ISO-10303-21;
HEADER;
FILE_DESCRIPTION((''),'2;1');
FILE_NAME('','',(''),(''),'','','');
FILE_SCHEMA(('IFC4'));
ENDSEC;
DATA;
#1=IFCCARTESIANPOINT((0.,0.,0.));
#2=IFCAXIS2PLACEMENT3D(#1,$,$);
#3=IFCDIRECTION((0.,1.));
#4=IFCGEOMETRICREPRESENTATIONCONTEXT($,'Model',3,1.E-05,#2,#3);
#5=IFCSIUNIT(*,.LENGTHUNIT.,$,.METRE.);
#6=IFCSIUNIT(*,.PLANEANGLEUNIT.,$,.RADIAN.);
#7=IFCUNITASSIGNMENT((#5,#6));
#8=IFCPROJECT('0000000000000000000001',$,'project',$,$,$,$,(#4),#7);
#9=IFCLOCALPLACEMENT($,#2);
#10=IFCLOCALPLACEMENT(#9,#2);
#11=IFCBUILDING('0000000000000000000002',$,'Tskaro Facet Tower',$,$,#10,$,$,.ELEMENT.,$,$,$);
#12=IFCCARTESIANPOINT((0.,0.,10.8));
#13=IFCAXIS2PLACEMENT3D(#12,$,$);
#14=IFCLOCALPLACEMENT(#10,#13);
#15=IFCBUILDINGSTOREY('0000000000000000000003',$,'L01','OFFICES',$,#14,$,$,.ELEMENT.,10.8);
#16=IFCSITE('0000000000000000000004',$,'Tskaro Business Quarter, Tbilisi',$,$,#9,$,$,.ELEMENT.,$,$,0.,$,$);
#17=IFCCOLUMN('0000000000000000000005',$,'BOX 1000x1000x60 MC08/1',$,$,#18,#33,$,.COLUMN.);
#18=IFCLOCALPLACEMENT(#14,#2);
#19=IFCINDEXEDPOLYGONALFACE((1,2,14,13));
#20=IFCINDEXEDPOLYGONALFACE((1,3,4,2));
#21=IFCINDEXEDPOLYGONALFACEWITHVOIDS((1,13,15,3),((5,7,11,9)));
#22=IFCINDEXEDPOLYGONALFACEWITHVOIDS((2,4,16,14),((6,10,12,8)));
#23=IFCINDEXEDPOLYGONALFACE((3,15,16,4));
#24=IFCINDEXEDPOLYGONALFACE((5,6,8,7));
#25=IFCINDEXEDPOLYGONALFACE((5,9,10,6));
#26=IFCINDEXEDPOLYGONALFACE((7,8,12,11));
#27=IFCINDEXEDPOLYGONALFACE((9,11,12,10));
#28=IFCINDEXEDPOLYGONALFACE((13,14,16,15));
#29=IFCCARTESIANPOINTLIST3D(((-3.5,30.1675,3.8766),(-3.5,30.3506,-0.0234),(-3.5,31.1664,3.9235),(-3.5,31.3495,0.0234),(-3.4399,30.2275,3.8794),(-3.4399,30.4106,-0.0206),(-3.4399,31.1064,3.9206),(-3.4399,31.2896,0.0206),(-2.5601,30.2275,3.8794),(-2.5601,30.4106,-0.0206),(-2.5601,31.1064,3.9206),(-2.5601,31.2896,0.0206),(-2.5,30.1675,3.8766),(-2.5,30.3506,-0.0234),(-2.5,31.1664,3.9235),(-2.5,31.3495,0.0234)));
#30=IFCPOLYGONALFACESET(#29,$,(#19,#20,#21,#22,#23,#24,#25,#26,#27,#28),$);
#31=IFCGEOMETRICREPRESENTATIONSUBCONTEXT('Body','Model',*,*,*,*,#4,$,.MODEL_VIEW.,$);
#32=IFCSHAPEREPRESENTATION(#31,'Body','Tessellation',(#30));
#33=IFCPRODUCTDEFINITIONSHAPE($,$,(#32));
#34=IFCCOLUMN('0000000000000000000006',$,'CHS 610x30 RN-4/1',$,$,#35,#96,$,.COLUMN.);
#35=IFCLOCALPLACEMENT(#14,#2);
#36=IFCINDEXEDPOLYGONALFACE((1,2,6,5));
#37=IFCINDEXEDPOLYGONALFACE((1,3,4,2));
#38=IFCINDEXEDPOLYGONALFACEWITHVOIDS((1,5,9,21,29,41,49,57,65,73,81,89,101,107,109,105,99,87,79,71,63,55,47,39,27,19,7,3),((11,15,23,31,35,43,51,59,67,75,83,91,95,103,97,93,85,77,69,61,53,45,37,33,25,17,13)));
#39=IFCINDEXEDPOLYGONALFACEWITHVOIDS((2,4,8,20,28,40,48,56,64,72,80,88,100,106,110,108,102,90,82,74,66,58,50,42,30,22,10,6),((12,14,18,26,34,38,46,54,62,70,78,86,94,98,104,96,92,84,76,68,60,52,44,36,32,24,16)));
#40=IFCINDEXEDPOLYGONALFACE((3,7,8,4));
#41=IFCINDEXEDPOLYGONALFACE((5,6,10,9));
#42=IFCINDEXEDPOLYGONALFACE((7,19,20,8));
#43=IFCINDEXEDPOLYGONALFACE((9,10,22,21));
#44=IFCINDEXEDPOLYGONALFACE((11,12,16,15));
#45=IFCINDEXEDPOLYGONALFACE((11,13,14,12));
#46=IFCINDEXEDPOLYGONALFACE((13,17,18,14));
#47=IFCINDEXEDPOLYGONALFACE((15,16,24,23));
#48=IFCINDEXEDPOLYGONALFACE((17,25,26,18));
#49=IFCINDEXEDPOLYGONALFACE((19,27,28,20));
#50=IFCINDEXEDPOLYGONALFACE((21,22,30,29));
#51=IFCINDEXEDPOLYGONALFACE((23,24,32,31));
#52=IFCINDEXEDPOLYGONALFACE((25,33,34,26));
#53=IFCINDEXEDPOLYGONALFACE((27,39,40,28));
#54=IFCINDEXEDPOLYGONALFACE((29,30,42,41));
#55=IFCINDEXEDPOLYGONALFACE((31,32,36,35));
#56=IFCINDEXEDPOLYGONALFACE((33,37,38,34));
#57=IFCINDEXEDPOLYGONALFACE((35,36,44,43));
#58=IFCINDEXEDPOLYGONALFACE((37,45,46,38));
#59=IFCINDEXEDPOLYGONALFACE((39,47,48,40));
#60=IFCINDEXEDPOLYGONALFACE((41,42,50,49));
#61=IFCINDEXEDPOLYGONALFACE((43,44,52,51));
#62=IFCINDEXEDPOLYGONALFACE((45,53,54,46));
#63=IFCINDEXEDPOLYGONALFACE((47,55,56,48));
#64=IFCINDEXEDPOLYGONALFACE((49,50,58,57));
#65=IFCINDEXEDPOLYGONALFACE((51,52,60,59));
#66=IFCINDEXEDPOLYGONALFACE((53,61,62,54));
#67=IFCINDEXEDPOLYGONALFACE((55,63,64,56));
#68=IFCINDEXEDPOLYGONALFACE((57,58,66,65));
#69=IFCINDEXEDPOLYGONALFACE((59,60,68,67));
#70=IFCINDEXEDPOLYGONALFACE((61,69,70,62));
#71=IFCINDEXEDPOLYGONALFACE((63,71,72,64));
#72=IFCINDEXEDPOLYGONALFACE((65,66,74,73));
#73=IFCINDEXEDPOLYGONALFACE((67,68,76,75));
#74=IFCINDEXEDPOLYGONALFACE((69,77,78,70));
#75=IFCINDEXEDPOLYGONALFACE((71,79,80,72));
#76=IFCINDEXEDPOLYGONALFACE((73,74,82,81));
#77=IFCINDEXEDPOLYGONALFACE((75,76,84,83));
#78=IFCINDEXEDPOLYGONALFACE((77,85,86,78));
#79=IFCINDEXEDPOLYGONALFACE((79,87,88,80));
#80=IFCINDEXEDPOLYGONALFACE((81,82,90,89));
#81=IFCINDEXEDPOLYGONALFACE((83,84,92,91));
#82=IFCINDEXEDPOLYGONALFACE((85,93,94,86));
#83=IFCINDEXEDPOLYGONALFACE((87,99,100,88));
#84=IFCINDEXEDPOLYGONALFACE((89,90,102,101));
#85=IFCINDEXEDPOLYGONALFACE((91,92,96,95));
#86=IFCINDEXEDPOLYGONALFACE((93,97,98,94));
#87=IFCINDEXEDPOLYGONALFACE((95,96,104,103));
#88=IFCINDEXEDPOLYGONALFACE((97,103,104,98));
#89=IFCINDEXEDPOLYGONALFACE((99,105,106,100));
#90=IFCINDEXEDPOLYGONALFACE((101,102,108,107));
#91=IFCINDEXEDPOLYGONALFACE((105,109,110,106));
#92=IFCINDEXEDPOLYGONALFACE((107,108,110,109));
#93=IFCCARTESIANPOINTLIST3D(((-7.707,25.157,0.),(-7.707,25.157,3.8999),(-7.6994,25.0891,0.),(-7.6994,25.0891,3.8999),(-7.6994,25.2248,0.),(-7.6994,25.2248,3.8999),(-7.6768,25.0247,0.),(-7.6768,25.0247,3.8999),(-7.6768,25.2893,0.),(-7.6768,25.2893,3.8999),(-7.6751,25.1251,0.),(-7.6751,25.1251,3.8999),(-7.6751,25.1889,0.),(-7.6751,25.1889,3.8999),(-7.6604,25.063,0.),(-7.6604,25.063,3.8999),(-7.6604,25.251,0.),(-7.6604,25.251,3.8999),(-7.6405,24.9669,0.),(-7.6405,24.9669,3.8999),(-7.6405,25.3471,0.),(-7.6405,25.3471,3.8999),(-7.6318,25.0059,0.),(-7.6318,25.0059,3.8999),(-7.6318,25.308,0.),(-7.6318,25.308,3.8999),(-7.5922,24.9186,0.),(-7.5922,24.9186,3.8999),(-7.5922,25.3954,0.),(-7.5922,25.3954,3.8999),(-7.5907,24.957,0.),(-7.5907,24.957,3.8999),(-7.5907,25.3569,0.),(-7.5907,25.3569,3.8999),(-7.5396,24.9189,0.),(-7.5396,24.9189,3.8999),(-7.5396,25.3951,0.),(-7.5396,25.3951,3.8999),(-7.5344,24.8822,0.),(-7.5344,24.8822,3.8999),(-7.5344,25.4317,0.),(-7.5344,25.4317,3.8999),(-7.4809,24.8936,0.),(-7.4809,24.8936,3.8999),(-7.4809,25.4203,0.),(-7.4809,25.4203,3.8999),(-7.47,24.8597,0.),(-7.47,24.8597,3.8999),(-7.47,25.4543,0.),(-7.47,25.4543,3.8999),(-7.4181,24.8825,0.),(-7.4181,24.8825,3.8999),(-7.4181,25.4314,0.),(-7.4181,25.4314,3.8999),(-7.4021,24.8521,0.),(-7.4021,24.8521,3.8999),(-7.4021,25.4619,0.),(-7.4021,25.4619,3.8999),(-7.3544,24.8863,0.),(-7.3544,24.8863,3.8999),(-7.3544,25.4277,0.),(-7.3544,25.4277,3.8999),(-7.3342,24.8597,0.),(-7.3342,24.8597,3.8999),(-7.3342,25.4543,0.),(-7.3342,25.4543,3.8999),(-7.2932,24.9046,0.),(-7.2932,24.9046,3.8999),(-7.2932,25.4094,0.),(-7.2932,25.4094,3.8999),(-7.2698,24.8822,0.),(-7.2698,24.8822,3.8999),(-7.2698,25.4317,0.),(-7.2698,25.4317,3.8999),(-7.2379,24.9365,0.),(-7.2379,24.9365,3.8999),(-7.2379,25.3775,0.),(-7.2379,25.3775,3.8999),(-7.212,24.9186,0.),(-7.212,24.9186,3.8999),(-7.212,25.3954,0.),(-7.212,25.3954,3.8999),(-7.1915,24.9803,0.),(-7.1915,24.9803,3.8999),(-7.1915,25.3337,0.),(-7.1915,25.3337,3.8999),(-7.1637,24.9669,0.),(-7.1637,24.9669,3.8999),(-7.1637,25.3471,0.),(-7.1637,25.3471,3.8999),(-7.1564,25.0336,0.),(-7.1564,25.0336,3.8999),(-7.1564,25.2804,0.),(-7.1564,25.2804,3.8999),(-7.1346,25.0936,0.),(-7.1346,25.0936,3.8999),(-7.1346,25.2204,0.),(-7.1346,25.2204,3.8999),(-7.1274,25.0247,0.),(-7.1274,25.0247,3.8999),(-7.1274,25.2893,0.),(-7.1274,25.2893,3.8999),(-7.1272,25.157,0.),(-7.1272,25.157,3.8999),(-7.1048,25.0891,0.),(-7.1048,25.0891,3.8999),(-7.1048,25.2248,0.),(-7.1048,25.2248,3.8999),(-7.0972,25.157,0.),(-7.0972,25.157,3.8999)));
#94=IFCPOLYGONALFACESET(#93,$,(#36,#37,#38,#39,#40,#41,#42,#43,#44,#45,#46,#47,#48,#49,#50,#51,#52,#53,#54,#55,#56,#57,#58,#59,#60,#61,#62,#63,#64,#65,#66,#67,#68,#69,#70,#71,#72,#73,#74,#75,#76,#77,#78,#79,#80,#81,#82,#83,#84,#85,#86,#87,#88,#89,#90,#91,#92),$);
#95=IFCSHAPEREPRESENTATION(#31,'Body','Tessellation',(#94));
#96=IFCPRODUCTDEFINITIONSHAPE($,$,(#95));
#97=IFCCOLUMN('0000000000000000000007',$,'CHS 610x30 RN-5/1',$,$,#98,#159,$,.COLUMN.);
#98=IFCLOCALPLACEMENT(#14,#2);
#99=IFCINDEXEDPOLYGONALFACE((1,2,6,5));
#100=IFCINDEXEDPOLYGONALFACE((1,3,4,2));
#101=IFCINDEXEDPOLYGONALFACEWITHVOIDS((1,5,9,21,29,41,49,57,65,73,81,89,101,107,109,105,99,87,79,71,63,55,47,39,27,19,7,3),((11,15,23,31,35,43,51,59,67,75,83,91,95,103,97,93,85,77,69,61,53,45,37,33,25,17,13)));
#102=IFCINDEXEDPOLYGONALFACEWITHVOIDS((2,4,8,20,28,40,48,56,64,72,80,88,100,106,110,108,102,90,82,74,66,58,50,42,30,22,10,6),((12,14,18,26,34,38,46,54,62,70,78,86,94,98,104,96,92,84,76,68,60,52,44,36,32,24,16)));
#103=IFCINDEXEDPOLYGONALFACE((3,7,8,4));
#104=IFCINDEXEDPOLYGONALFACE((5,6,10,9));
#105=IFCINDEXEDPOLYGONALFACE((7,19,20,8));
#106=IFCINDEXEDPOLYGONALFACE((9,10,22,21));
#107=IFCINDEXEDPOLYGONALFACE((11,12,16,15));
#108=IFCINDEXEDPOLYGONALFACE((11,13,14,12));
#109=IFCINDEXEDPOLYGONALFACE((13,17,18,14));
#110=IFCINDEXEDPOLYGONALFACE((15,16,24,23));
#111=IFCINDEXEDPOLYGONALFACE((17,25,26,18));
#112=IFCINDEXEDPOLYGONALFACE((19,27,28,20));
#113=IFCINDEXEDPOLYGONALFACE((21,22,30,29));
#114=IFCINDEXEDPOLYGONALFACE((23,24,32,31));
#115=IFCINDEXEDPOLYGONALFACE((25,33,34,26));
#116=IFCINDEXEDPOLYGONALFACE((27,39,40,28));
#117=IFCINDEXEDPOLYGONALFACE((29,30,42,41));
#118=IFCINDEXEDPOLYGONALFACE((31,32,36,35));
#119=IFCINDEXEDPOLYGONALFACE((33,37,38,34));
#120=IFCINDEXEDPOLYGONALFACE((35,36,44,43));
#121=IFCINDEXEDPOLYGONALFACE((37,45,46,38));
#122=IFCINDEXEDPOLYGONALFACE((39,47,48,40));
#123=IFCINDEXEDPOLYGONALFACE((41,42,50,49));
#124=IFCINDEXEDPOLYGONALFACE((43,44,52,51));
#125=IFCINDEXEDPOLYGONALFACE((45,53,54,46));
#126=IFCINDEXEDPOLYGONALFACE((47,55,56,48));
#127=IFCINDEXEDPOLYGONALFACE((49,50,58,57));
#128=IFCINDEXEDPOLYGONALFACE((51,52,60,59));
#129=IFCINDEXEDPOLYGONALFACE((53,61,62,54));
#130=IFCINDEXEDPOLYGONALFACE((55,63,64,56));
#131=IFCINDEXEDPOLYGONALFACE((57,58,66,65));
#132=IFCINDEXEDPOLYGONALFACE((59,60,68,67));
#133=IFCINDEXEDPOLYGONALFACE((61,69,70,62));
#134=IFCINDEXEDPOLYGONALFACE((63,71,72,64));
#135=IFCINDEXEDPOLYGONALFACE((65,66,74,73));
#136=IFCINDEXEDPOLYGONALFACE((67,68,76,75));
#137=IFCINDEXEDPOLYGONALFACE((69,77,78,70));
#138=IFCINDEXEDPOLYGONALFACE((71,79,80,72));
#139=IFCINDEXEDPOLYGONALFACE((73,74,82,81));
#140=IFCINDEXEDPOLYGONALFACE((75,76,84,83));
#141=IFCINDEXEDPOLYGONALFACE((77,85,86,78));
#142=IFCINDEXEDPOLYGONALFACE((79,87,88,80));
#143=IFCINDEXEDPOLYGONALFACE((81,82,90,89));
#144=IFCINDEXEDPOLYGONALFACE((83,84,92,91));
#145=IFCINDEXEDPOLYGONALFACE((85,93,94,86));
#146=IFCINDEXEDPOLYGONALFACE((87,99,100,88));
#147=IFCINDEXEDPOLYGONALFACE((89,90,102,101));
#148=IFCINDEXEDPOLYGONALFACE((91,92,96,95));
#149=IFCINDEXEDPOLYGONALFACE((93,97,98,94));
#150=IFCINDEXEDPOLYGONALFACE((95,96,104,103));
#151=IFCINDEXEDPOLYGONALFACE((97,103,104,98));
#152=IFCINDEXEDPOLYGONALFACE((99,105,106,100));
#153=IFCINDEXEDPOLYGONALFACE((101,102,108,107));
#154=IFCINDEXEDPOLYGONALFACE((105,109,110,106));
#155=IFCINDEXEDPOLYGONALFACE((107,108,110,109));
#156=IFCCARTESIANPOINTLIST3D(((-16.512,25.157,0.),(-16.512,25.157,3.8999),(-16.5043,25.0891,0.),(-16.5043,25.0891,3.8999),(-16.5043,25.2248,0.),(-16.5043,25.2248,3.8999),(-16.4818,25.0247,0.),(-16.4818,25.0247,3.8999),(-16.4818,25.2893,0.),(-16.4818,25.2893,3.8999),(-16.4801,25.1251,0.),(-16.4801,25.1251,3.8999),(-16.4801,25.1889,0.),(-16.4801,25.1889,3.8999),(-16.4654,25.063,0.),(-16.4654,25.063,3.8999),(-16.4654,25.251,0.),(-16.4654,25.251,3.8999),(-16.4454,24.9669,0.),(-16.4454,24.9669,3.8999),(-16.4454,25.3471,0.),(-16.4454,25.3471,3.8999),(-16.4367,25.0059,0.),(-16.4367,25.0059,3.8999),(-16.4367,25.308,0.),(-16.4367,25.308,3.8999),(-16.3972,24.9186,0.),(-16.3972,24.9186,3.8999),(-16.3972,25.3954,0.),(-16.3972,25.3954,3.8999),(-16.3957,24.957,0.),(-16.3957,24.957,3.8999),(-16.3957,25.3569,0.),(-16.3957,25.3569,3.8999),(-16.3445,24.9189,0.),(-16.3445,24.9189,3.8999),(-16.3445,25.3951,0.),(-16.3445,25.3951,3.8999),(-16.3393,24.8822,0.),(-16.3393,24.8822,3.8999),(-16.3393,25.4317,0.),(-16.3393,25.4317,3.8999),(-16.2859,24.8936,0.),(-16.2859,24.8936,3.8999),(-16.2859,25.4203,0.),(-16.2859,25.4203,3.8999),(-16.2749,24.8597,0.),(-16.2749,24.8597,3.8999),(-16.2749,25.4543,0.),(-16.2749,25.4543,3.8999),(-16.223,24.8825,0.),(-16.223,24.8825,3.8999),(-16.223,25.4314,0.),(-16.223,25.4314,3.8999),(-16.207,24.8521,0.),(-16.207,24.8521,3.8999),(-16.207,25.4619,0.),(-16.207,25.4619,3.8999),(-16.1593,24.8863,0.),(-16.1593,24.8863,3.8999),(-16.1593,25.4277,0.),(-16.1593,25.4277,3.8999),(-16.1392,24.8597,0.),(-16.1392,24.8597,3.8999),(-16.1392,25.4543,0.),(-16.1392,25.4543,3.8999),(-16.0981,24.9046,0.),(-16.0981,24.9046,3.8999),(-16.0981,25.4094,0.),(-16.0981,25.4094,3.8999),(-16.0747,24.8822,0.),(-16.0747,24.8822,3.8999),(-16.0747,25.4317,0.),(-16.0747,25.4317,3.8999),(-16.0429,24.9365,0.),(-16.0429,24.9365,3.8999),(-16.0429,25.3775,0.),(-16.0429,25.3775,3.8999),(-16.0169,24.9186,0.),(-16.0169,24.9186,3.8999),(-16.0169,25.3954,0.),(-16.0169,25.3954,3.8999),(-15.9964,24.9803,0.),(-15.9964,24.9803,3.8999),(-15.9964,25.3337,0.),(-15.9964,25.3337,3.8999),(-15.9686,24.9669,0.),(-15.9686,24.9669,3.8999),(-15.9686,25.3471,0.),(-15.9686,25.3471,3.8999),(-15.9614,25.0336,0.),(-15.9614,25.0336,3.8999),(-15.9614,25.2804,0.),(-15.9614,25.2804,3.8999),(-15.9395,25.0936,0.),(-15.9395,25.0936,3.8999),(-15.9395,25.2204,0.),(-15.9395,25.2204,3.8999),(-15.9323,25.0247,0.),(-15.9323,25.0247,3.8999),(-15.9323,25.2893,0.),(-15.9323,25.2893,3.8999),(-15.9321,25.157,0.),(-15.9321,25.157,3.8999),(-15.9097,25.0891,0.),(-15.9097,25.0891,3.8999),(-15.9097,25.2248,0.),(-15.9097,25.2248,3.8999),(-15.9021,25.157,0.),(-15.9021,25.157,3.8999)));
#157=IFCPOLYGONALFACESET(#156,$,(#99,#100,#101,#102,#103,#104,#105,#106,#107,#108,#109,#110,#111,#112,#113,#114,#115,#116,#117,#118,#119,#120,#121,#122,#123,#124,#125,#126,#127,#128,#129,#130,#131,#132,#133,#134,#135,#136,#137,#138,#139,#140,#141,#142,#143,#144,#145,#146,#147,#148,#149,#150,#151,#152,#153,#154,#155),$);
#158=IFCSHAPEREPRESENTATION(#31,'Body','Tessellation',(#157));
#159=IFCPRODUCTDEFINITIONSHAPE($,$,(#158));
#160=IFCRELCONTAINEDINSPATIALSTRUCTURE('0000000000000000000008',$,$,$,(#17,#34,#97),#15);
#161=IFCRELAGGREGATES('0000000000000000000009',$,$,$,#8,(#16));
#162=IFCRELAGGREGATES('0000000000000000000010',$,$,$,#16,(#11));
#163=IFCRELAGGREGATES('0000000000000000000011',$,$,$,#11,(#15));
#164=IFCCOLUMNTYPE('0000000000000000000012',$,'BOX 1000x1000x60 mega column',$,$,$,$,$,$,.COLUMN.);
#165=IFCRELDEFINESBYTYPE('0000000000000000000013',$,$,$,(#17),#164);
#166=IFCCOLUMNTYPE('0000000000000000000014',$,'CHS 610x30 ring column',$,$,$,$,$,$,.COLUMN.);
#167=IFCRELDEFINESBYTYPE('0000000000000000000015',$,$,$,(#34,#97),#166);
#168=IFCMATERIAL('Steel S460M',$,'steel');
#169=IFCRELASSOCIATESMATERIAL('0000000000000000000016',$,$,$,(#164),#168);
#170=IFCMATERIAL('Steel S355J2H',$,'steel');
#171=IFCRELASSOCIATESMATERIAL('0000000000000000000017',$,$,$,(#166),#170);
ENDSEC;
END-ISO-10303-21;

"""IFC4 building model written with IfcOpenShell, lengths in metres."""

from ifc_helpers import new_model, si_unit, direction, frame, origin, origin_2d, place, context, subcontext, project, spatial, hollow_rectangle, hollow_circle, extrude, material, material_profile, profile_set, type_object, element, save


model = new_model("IFC4")

# Units and contexts
model_context = context("Model", 3, precision=1e-05, world=origin(), true_north=direction((0.0, 1.0)))
body_context = subcontext(model_context, "Body", "Model", "MODEL_VIEW")
ifc_project = project(units=[si_unit("LENGTHUNIT", "METRE"), si_unit("PLANEANGLEUNIT", "RADIAN")], contexts=[model_context])

# Site, building, storey
site_placement = place(None, origin())
site = spatial("IfcSite", under=ifc_project, at=site_placement, Name="Tskaro Business Quarter, Tbilisi", CompositionType="ELEMENT", RefElevation=0.0)
building_placement = place(site_placement, origin())
building = spatial("IfcBuilding", under=site, at=building_placement, Name="Tskaro Facet Tower", CompositionType="ELEMENT")
storey_placement = place(building_placement, frame((0.0, 0.0, 10.8)))
storey = spatial("IfcBuildingStorey", under=building, at=storey_placement, Name="L01", Description="OFFICES", CompositionType="ELEMENT", Elevation=10.8)

# Columns
ifc_material_1 = material(Name="Steel S460M", Category="steel")
ifc_material_profile_1 = material_profile(ifc_material_1, hollow_rectangle(XDim=1.0, YDim=1.0, WallThickness=0.0601, at=origin_2d()), Name="BOX 1000x1000x60")
ifc_profile_set_1 = profile_set([ifc_material_profile_1], Name="Steel S460M")
column_type_1 = type_object("IfcColumnType", Name="BOX 1000x1000x60 mega column", PredefinedType="COLUMN", material=ifc_profile_set_1)
column_1_placement = place(storey_placement, frame((-3.0, 30.8501, 0.0), z_axis=(0.0, -0.0469, 0.9989), x_axis=(1.0, 0.0, 0.0)))
element("IfcColumn", 1, at=column_1_placement, inside=storey, type_object=column_type_1, Name="BOX 1000x1000x60 MC08/1", PredefinedType="COLUMN", context=body_context, shape_type="SweptSolid", body=[
    extrude(hollow_rectangle(XDim=1.0, YDim=1.0, WallThickness=0.0601, at=origin_2d()), origin(), (0.0, 0.0, 1.0), 3.9043),
])
ifc_material_2 = material(Name="Steel S355J2H", Category="steel")
ifc_material_profile_2 = material_profile(ifc_material_2, hollow_circle(Radius=0.3049, WallThickness=0.03, at=origin_2d()), Name="CHS 610x30")
ifc_profile_set_2 = profile_set([ifc_material_profile_2], Name="Steel S355J2H")
column_type_2 = type_object("IfcColumnType", Name="CHS 610x30 ring column", PredefinedType="COLUMN", material=ifc_profile_set_2)
for number, where, z_axis, x_axis, name in (
    (2, (-7.4021, 25.157, 0.0), (0.0, 0.0, 1.0), (1.0, 0.0, 0.0), "CHS 610x30 RN-4/1"),
    (3, (-16.207, 25.157, 0.0), (0.0, 0.0, 1.0), (1.0, 0.0, 0.0), "CHS 610x30 RN-5/1"),
):
    element("IfcColumn", number, at=place(storey_placement, frame(where, z_axis=z_axis, x_axis=x_axis)), inside=storey, type_object=column_type_2, Name=name, PredefinedType="COLUMN", context=body_context, shape_type="SweptSolid", body=[
        extrude(hollow_circle(Radius=0.3049, WallThickness=0.03, at=origin_2d()), origin(), (0.0, 0.0, 1.0), 3.8999),
    ])

save(model, "model.ifc")
